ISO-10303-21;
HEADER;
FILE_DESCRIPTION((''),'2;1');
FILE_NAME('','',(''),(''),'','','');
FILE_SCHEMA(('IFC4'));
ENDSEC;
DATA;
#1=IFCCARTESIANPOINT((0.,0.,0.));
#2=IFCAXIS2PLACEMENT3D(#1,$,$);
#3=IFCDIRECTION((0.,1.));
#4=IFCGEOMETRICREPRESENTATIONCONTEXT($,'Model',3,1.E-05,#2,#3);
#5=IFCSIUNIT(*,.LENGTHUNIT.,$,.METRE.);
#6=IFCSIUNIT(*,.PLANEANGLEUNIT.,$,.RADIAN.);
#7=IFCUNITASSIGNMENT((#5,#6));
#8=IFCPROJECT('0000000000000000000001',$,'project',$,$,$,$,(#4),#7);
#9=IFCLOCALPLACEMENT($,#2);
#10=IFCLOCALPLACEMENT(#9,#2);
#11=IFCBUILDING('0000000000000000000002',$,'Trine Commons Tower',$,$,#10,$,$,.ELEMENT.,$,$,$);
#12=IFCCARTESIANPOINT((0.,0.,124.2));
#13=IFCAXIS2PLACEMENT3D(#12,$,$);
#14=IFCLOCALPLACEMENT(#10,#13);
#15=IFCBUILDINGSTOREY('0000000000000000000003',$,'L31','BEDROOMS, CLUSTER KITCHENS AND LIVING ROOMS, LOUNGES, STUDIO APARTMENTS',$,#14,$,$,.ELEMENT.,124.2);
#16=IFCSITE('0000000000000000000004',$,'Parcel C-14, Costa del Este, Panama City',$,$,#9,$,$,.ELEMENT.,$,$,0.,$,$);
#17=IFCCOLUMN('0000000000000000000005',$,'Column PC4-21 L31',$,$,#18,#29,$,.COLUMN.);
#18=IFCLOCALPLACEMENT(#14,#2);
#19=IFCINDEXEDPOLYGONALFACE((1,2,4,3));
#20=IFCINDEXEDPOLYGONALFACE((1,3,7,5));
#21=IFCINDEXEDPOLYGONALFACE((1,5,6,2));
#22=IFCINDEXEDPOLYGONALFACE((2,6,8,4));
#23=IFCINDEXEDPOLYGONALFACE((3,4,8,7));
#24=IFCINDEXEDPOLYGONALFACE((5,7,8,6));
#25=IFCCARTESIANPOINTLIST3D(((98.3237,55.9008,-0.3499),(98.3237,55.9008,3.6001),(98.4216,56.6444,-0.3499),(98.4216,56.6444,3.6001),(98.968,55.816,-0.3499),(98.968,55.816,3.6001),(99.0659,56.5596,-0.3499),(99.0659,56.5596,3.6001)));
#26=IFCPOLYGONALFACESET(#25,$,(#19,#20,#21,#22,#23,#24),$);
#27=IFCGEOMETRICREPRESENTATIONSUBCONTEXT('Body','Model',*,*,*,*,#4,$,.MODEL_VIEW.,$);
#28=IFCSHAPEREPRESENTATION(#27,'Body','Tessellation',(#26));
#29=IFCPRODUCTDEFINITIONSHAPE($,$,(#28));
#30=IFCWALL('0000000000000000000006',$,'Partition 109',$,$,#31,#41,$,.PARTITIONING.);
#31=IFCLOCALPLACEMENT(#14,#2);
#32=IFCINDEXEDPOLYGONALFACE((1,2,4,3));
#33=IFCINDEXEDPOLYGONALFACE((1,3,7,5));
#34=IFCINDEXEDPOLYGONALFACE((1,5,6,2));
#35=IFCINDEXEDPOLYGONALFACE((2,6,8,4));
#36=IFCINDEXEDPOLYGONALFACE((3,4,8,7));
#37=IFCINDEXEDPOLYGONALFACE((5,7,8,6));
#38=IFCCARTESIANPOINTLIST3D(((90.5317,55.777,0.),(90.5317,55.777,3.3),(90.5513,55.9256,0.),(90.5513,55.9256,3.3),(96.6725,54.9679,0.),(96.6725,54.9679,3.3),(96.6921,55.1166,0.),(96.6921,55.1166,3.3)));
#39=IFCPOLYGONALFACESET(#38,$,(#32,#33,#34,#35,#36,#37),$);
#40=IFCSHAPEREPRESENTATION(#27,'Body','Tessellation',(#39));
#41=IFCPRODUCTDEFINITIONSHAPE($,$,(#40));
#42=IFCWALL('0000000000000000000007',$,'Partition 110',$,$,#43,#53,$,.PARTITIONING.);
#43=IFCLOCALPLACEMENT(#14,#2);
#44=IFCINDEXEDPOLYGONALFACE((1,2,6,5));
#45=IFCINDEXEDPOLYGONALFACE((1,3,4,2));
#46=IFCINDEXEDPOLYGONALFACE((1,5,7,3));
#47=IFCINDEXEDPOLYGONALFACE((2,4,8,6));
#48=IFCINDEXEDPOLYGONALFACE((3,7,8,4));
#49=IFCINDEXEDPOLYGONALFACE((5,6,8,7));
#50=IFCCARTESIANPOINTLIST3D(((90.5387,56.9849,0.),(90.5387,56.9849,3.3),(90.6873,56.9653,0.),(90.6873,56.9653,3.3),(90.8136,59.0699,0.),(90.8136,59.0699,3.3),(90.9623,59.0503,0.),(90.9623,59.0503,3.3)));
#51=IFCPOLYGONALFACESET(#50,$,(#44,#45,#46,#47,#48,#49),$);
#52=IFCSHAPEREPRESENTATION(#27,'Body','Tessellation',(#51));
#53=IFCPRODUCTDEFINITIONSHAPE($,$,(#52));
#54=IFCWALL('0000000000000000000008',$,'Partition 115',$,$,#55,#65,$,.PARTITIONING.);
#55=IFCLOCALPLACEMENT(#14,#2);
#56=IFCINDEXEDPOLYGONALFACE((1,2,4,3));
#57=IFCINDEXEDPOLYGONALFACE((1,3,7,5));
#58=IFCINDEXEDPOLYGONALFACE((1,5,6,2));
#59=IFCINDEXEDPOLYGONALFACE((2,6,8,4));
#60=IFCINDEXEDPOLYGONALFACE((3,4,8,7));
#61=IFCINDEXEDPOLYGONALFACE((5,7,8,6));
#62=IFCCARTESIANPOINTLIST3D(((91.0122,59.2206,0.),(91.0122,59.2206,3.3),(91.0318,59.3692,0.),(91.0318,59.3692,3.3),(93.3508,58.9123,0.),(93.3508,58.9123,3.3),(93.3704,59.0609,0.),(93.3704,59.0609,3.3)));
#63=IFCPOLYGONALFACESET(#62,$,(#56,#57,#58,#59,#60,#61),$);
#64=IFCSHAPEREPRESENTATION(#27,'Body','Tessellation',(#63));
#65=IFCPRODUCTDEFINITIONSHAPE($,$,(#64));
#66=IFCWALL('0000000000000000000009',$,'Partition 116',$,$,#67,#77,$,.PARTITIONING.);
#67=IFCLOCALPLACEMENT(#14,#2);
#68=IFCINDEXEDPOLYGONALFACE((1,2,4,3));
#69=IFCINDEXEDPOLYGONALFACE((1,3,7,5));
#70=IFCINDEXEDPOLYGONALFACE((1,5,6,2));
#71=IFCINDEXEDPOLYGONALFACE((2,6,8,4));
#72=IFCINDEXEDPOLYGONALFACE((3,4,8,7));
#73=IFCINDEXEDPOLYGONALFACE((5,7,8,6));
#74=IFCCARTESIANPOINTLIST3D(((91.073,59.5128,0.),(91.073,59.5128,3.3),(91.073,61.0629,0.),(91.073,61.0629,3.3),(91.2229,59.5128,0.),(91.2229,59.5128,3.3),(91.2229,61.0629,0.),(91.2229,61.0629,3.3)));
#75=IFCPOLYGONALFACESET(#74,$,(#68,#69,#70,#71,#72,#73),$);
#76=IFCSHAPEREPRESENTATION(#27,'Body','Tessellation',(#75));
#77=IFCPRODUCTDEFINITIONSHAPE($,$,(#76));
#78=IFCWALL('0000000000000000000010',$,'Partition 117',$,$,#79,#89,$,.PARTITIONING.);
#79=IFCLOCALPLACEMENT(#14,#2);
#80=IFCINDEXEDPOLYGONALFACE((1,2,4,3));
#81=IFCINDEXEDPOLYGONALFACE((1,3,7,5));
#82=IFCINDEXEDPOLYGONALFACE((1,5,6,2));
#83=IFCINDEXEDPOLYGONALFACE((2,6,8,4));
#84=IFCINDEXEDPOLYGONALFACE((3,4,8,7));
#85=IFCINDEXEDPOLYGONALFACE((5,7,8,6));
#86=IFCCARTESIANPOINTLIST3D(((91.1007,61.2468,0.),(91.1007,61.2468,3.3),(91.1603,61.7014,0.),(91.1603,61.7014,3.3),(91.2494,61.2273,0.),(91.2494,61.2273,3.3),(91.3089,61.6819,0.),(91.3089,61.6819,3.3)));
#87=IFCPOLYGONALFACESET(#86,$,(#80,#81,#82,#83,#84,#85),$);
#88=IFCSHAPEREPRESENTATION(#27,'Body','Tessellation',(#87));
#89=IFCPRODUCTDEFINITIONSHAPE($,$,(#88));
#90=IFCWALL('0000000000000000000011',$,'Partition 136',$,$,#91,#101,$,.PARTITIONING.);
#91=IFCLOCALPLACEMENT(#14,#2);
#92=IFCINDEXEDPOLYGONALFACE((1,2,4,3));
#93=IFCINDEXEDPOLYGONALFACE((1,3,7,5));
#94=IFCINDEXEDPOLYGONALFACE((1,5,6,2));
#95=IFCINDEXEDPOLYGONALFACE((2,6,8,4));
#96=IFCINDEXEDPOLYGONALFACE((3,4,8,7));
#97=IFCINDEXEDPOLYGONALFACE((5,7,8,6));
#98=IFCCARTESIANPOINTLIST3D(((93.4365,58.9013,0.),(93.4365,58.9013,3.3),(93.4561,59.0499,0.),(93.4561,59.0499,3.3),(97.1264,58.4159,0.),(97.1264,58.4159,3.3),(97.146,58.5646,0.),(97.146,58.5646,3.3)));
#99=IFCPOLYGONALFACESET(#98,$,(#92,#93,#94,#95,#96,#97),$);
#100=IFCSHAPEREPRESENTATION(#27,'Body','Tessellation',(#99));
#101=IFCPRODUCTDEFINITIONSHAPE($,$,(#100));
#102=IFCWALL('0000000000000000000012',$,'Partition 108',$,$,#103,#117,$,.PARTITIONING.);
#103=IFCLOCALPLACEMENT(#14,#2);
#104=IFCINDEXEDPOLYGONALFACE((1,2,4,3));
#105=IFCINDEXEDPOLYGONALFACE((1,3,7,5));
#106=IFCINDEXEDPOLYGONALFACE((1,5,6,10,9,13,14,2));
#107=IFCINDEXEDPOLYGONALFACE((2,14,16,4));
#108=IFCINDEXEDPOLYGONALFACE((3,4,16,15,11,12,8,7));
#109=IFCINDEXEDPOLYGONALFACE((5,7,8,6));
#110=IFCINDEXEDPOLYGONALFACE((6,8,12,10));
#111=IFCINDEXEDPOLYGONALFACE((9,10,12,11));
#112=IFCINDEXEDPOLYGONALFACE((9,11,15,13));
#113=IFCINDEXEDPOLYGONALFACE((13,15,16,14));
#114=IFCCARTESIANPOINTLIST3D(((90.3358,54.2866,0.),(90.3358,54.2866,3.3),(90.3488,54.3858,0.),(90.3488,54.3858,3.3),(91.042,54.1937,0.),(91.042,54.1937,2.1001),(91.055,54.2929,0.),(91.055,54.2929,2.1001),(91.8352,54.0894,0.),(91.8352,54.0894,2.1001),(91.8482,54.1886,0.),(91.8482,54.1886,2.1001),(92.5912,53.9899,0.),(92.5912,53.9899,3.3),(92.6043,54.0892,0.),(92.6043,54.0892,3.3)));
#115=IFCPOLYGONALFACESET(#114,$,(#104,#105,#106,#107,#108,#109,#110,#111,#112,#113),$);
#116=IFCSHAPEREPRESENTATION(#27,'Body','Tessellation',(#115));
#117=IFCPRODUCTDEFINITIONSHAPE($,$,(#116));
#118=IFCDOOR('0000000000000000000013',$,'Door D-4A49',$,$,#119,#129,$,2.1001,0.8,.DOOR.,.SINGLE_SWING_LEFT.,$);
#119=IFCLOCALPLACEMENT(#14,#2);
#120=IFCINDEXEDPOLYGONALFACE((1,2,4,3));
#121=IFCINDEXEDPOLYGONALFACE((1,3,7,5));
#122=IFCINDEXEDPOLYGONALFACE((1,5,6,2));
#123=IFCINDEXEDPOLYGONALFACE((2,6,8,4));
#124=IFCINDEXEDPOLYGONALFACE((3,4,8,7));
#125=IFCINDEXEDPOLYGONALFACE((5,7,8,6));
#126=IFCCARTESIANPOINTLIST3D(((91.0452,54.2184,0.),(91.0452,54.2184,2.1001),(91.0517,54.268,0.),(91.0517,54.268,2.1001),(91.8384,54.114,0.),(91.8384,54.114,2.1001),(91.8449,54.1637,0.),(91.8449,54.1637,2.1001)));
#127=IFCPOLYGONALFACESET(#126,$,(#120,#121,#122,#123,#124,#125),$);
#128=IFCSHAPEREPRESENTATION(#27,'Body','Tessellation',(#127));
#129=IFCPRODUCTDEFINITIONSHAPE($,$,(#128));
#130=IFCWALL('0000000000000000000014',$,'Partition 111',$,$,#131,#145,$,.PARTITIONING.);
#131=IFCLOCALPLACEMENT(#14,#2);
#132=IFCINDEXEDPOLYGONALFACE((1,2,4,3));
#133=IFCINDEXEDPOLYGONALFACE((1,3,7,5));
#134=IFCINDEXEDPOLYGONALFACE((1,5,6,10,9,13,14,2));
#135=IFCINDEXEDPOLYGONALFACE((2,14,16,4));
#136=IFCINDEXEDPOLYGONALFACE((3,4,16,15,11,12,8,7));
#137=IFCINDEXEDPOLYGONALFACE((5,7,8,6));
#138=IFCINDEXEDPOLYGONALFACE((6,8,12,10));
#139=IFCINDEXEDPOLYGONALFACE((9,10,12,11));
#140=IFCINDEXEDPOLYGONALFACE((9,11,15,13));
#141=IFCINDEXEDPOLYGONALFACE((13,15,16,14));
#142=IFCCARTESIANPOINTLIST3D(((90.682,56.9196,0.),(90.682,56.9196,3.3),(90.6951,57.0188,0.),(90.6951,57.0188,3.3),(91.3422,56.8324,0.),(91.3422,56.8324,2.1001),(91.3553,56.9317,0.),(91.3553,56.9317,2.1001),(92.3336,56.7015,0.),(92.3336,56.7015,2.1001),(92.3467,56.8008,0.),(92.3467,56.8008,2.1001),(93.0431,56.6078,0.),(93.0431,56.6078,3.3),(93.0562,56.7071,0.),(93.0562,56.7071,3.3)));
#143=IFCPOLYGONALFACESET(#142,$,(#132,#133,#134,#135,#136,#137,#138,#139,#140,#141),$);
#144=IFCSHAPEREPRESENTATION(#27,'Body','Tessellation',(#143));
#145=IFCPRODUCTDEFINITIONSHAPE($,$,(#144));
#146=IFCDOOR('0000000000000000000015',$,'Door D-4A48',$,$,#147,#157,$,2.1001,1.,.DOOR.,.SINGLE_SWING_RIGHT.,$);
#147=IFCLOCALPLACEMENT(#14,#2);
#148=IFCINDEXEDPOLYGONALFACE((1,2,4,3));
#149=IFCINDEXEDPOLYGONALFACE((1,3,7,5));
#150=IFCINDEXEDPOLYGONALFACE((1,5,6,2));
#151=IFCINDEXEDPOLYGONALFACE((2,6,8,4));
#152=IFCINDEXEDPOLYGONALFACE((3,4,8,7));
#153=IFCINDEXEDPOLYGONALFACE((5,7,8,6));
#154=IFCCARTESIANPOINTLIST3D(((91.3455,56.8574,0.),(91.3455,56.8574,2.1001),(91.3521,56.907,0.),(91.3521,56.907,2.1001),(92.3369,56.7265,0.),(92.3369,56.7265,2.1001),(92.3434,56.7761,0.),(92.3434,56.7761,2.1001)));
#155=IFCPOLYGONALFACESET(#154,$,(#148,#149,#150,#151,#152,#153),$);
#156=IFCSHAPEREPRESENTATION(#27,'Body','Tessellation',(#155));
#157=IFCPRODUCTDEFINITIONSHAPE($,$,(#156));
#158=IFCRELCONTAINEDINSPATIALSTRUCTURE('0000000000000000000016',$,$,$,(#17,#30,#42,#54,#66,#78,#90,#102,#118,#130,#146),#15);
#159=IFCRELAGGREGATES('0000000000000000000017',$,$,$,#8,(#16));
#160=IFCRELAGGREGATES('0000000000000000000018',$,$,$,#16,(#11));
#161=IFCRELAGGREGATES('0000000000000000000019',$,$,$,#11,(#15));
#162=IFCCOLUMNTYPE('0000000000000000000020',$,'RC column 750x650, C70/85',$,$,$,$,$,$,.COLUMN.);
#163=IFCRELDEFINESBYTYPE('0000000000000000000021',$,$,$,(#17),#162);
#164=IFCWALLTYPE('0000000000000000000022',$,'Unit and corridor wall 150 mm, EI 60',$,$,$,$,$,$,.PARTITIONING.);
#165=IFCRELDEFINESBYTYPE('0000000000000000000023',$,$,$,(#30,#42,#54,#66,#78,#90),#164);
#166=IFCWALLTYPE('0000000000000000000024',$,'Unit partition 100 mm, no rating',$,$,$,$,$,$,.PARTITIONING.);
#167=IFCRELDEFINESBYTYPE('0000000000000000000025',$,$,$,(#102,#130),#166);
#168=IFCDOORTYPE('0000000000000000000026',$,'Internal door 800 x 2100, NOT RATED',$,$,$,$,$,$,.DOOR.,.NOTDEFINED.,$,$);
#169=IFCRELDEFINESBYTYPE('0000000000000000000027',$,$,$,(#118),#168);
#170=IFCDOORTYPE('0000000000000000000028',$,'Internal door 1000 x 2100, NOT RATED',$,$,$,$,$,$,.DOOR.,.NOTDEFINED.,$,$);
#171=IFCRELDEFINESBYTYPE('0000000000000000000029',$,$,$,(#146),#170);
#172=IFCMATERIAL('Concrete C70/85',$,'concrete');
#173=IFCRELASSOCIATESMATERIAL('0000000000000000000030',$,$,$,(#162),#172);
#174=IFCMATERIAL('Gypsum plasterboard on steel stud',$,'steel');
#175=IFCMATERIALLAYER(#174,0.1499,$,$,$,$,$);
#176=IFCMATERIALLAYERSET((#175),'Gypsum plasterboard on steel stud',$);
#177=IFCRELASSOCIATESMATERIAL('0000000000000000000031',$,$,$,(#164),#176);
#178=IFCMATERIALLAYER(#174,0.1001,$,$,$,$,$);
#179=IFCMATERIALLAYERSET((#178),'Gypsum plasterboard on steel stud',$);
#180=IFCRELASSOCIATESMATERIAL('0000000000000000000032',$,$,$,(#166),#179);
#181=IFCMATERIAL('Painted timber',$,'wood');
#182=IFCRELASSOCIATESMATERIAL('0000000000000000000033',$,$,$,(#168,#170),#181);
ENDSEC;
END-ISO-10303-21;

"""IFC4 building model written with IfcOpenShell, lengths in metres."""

from ifc_helpers import new_model, si_unit, direction, frame, frame_2d, origin, origin_2d, place, context, subcontext, project, spatial, rectangle, extrude, material, layer, layer_set, material_profile, profile_set, type_object, element, fill, save


model = new_model("IFC4")

# Units and contexts
model_context = context("Model", 3, precision=1e-05, world=origin(), true_north=direction((0.0, 1.0)))
body_context = subcontext(model_context, "Body", "Model", "MODEL_VIEW")
ifc_project = project(units=[si_unit("LENGTHUNIT", "METRE"), si_unit("PLANEANGLEUNIT", "RADIAN")], contexts=[model_context])

# Site, building, storey
site_placement = place(None, origin())
site = spatial("IfcSite", under=ifc_project, at=site_placement, Name="Parcel C-14, Costa del Este, Panama City", CompositionType="ELEMENT", RefElevation=0.0)
building_placement = place(site_placement, origin())
building = spatial("IfcBuilding", under=site, at=building_placement, Name="Trine Commons Tower", CompositionType="ELEMENT")
storey_placement = place(building_placement, frame((0.0, 0.0, 124.2)))
storey = spatial("IfcBuildingStorey", under=building, at=storey_placement, Name="L31", Description="BEDROOMS, CLUSTER KITCHENS AND LIVING ROOMS, LOUNGES, STUDIO APARTMENTS", CompositionType="ELEMENT", Elevation=124.2)

# Column
ifc_material_1 = material(Name="Concrete C70/85", Category="concrete")
ifc_material_profile = material_profile(ifc_material_1, rectangle(XDim=0.75, YDim=0.6499, at=origin_2d()), Name="RC 750x650")
ifc_profile_set = profile_set([ifc_material_profile], Name="Concrete C70/85")
column_type = type_object("IfcColumnType", Name="RC column 750x650, C70/85", PredefinedType="COLUMN", material=ifc_profile_set)
column_placement = place(storey_placement, frame((98.6948, 56.2302, -0.3499), z_axis=(0.0, 0.0, 1.0), x_axis=(0.130526, 0.991445, 0.0)))
element("IfcColumn", 1, at=column_placement, inside=storey, type_object=column_type, Name="Column PC4-21 L31", PredefinedType="COLUMN", context=body_context, shape_type="SweptSolid", body=[
    extrude(rectangle(XDim=0.75, YDim=0.6499, at=origin_2d()), origin(), (0.0, 0.0, 1.0), 3.95),
])

# Walls
ifc_material_2 = material(Name="Gypsum plasterboard on steel stud", Category="steel")
ifc_layer_1 = layer(ifc_material_2, 0.1499)
ifc_layer_set_1 = layer_set([ifc_layer_1], Name="Gypsum plasterboard on steel stud")
wall_type_1 = type_object("IfcWallType", Name="Unit and corridor wall 150 mm, EI 60", PredefinedType="PARTITIONING", material=ifc_layer_set_1)
wall_1_placement = place(storey_placement, frame((90.5415, 55.8513, 0.0), z_axis=(0.0, 0.0, 1.0), x_axis=(0.991432, -0.130625, 0.0)))
element("IfcWall", 2, at=wall_1_placement, inside=storey, type_object=wall_type_1, Name="Partition 109", PredefinedType="PARTITIONING", context=body_context, shape_type="SweptSolid", body=[
    extrude(rectangle(XDim=6.1938, YDim=0.1499, at=frame_2d((3.0969, 0.0))), origin(), (0.0, 0.0, 1.0), 3.3),
])
wall_2_placement = place(storey_placement, frame((90.613, 56.9751, 0.0), z_axis=(0.0, 0.0, 1.0), x_axis=(0.130719, 0.991419, 0.0)))
element("IfcWall", 3, at=wall_2_placement, inside=storey, type_object=wall_type_1, Name="Partition 110", PredefinedType="PARTITIONING", context=body_context, shape_type="SweptSolid", body=[
    extrude(rectangle(XDim=2.103, YDim=0.1499, at=frame_2d((1.0515, 0.0))), origin(), (0.0, 0.0, 1.0), 3.3),
])
wall_3_placement = place(storey_placement, frame((91.022, 59.2949, 0.0), z_axis=(0.0, 0.0, 1.0), x_axis=(0.991419, -0.13072, 0.0)))
element("IfcWall", 4, at=wall_3_placement, inside=storey, type_object=wall_type_1, Name="Partition 115", PredefinedType="PARTITIONING", context=body_context, shape_type="SweptSolid", body=[
    extrude(rectangle(XDim=2.3589, YDim=0.1499, at=frame_2d((1.1794, 0.0))), origin(), (0.0, 0.0, 1.0), 3.3),
])
wall_4_placement = place(storey_placement, frame((91.1479, 59.5129, 0.0), z_axis=(0.0, 0.0, 1.0), x_axis=(0.0, 1.0, 0.0)))
element("IfcWall", 5, at=wall_4_placement, inside=storey, type_object=wall_type_1, Name="Partition 116", PredefinedType="PARTITIONING", context=body_context, shape_type="SweptSolid", body=[
    extrude(rectangle(XDim=1.55, YDim=0.1499, at=frame_2d((0.7749, 0.0))), origin(), (0.0, 0.0, 1.0), 3.3),
])
wall_5_placement = place(storey_placement, frame((91.175, 61.2371, 0.0), z_axis=(0.0, 0.0, 1.0), x_axis=(0.129931, 0.991523, 0.0)))
element("IfcWall", 6, at=wall_5_placement, inside=storey, type_object=wall_type_1, Name="Partition 117", PredefinedType="PARTITIONING", context=body_context, shape_type="SweptSolid", body=[
    extrude(rectangle(XDim=0.4585, YDim=0.1499, at=frame_2d((0.2292, 0.0))), origin(), (0.0, 0.0, 1.0), 3.3),
])
wall_6_placement = place(storey_placement, frame((93.4463, 58.9756, 0.0), z_axis=(0.0, 0.0, 1.0), x_axis=(0.99146, -0.13041, 0.0)))
element("IfcWall", 7, at=wall_6_placement, inside=storey, type_object=wall_type_1, Name="Partition 136", PredefinedType="PARTITIONING", context=body_context, shape_type="SweptSolid", body=[
    extrude(rectangle(XDim=3.7217, YDim=0.1499, at=frame_2d((1.8608, 0.0))), origin(), (0.0, 0.0, 1.0), 3.3),
])

# Walls, openings, doors
ifc_layer_2 = layer(ifc_material_2, 0.1001)
ifc_layer_set_2 = layer_set([ifc_layer_2], Name="Gypsum plasterboard on steel stud")
wall_type_2 = type_object("IfcWallType", Name="Unit partition 100 mm, no rating", PredefinedType="PARTITIONING", material=ifc_layer_set_2)
wall_7_placement = place(storey_placement, frame((90.3423, 54.3362, 0.0), z_axis=(0.0, 0.0, 1.0), x_axis=(0.991462, -0.130399, 0.0)))
wall_7 = element("IfcWall", 8, at=wall_7_placement, inside=storey, type_object=wall_type_2, Name="Partition 108", PredefinedType="PARTITIONING", context=body_context, shape_type="SweptSolid", body=[
    extrude(rectangle(XDim=2.2749, YDim=0.1001, at=frame_2d((1.1375, 0.0))), origin(), (0.0, 0.0, 1.0), 3.3),
])
opening_1_placement = place(wall_7_placement, frame((0.7124, 0.0, 0.0)))
opening_1 = element("IfcOpeningElement", 9, at=opening_1_placement, cuts=wall_7, PredefinedType="OPENING", context=body_context, shape_type="SweptSolid", body=[
    extrude(rectangle(XDim=0.8, YDim=2.1001, at=frame_2d((0.3999, 1.05))), frame((0.0, 0.0601, 0.0), z_axis=(0.0, -1.0, 0.0), x_axis=(1.0, 0.0, 0.0)), (0.0, 0.0, 1.0), 0.1201),
])
ifc_material_3 = material(Name="Painted timber", Category="wood")
door_type_1 = type_object("IfcDoorType", Name="Internal door 800 x 2100, NOT RATED", OperationType="NOTDEFINED", PredefinedType="DOOR", material=ifc_material_3)
door_1_placement = place(opening_1_placement, origin())
door_1 = element("IfcDoor", 10, at=door_1_placement, inside=storey, type_object=door_type_1, Name="Door D-4A49", OperationType="SINGLE_SWING_LEFT", OverallHeight=2.1001, OverallWidth=0.8, PredefinedType="DOOR", context=body_context, shape_type="SweptSolid", body=[
    extrude(rectangle(XDim=0.8, YDim=2.1001, at=frame_2d((0.3999, 1.05))), frame((0.0, 0.0249, 0.0), z_axis=(0.0, -1.0, 0.0), x_axis=(1.0, 0.0, 0.0)), (0.0, 0.0, 1.0), 0.05),
])
fill(opening_1, door_1)
wall_8_placement = place(storey_placement, frame((90.6885, 56.9692, 0.0), z_axis=(0.0, 0.0, 1.0), x_axis=(0.991395, -0.130908, 0.0)))
wall_8 = element("IfcWall", 11, at=wall_8_placement, inside=storey, type_object=wall_type_2, Name="Partition 111", PredefinedType="PARTITIONING", context=body_context, shape_type="SweptSolid", body=[
    extrude(rectangle(XDim=2.3816, YDim=0.1001, at=frame_2d((1.1909, 0.0))), origin(), (0.0, 0.0, 1.0), 3.3),
])
opening_2_placement = place(wall_8_placement, frame((0.666, 0.0, 0.0)))
opening_2 = element("IfcOpeningElement", 12, at=opening_2_placement, cuts=wall_8, PredefinedType="OPENING", context=body_context, shape_type="SweptSolid", body=[
    extrude(rectangle(XDim=1.0, YDim=2.1001, at=frame_2d((0.5, 1.05))), frame((0.0, 0.0601, 0.0), z_axis=(0.0, -1.0, 0.0), x_axis=(1.0, 0.0, 0.0)), (0.0, 0.0, 1.0), 0.1201),
])
door_type_2 = type_object("IfcDoorType", Name="Internal door 1000 x 2100, NOT RATED", OperationType="NOTDEFINED", PredefinedType="DOOR", material=ifc_material_3)
door_2_placement = place(opening_2_placement, frame((1.0, 0.0, 0.0), z_axis=(0.0, 0.0, 1.0), x_axis=(-1.0, 0.0, 0.0)))
door_2 = element("IfcDoor", 13, at=door_2_placement, inside=storey, type_object=door_type_2, Name="Door D-4A48", OperationType="SINGLE_SWING_RIGHT", OverallHeight=2.1001, OverallWidth=1.0, PredefinedType="DOOR", context=body_context, shape_type="SweptSolid", body=[
    extrude(rectangle(XDim=1.0, YDim=2.1001, at=frame_2d((0.5, 1.05))), frame((0.0, 0.0249, 0.0), z_axis=(0.0, -1.0, 0.0), x_axis=(1.0, 0.0, 0.0)), (0.0, 0.0, 1.0), 0.05),
])
fill(opening_2, door_2)

save(model, "model.ifc")
